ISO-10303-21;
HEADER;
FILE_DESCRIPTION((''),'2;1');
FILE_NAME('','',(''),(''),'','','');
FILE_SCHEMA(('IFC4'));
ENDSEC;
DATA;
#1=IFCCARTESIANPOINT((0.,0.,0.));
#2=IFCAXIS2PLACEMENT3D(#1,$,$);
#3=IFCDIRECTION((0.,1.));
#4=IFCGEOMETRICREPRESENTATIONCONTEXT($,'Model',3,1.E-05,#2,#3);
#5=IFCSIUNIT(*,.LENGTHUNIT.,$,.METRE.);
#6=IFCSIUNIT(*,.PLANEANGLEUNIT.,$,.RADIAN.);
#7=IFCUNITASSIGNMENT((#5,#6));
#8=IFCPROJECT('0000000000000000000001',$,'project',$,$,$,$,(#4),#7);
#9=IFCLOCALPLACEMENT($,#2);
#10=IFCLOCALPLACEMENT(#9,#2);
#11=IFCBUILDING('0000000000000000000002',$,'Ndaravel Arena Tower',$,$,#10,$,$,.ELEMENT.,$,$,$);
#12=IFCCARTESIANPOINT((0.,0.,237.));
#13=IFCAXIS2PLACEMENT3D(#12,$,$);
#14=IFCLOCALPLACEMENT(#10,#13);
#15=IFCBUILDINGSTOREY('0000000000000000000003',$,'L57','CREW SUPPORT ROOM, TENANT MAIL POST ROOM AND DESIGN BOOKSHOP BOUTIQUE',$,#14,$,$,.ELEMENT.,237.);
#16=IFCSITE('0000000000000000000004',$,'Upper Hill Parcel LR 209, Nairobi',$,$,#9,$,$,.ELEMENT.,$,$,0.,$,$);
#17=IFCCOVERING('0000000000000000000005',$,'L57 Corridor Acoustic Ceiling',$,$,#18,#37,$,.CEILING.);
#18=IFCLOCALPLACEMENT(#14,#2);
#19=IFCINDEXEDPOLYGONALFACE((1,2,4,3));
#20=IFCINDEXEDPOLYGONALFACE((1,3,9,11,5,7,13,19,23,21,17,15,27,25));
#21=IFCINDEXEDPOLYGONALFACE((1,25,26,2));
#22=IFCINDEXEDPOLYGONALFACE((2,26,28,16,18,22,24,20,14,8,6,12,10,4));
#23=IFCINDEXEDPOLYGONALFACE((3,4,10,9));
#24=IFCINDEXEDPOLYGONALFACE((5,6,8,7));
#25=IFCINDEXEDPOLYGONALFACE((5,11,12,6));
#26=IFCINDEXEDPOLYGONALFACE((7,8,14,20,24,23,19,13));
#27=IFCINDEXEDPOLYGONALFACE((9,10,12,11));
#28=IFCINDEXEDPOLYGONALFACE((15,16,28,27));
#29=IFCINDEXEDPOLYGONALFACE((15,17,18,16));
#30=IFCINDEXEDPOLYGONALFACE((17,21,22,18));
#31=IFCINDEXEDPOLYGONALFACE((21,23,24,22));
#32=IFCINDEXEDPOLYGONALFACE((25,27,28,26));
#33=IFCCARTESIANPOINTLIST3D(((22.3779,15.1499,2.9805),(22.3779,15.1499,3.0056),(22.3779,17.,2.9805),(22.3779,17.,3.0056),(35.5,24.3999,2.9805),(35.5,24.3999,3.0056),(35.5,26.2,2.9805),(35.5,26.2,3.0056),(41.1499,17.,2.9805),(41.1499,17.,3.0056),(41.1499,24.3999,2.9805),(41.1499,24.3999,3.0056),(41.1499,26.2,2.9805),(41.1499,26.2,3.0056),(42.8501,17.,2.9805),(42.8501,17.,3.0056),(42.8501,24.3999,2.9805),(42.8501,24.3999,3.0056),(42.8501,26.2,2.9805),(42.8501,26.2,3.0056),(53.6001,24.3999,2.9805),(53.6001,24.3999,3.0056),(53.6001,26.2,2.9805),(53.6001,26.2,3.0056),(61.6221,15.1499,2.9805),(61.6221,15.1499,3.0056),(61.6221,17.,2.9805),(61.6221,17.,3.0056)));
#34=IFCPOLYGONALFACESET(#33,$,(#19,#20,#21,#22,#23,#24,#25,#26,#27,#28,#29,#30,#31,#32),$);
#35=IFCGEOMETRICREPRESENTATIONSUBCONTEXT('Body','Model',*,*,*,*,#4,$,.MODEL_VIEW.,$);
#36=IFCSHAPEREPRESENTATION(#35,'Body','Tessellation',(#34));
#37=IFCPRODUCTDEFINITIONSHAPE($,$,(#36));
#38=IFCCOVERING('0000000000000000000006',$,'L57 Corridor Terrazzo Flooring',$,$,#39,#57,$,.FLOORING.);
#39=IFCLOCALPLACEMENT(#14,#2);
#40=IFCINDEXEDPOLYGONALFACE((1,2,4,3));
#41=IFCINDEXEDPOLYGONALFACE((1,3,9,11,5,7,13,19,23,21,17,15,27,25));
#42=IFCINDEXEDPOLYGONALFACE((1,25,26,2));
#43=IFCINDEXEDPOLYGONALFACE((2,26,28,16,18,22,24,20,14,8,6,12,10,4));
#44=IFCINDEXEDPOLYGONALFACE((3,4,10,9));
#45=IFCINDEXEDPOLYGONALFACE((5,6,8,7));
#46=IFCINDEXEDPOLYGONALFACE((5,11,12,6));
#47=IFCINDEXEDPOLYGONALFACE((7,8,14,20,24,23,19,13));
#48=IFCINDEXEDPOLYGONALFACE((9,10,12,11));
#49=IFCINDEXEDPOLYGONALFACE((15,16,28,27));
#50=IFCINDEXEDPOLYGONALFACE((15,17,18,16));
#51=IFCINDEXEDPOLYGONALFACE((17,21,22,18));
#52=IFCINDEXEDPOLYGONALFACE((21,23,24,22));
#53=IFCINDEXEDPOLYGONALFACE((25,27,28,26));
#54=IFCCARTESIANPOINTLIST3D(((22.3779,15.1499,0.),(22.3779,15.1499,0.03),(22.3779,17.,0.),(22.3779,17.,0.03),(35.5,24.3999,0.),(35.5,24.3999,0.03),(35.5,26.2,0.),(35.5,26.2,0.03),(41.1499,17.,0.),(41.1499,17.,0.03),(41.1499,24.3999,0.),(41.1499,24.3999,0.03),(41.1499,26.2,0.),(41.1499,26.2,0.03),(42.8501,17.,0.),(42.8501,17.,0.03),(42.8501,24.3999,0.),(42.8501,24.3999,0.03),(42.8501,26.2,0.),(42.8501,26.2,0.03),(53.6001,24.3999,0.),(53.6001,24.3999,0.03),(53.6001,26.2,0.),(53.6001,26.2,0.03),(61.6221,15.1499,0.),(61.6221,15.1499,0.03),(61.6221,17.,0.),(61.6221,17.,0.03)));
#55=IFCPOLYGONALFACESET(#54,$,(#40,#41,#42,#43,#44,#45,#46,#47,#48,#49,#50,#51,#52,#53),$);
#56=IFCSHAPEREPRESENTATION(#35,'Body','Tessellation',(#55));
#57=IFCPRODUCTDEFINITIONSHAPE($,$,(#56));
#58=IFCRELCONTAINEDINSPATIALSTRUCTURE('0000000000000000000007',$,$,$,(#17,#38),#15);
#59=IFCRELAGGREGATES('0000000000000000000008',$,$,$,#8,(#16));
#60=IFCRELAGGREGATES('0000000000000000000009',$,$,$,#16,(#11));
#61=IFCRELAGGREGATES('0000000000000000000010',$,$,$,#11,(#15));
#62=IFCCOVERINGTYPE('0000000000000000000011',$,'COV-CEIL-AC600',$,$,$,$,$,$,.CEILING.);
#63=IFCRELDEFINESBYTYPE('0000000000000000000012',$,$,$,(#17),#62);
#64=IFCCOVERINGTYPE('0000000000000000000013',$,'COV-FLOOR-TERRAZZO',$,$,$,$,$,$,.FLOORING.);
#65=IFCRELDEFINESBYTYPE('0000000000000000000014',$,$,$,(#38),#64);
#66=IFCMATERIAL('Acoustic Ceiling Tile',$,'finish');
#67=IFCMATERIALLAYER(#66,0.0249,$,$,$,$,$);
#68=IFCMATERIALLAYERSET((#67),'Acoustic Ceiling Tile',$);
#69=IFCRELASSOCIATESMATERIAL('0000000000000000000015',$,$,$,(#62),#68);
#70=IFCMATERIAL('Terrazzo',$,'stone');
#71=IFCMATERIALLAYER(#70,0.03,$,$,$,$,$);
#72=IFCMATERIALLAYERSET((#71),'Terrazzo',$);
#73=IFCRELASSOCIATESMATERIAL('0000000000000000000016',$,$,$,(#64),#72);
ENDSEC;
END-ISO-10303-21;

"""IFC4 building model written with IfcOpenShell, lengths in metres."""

from ifc_helpers import new_model, si_unit, direction, frame, origin, place, context, subcontext, project, spatial, polyline, outline, extrude, material, layer, layer_set, type_object, element, save


model = new_model("IFC4")

# Units and contexts
model_context = context("Model", 3, precision=1e-05, world=origin(), true_north=direction((0.0, 1.0)))
body_context = subcontext(model_context, "Body", "Model", "MODEL_VIEW")
ifc_project = project(units=[si_unit("LENGTHUNIT", "METRE"), si_unit("PLANEANGLEUNIT", "RADIAN")], contexts=[model_context])

# Site, building, storey
site_placement = place(None, origin())
site = spatial("IfcSite", under=ifc_project, at=site_placement, Name="Upper Hill Parcel LR 209, Nairobi", CompositionType="ELEMENT", RefElevation=0.0)
building_placement = place(site_placement, origin())
building = spatial("IfcBuilding", under=site, at=building_placement, Name="Ndaravel Arena Tower", CompositionType="ELEMENT")
storey_placement = place(building_placement, frame((0.0, 0.0, 237.0)))
storey = spatial("IfcBuildingStorey", under=building, at=storey_placement, Name="L57", Description="CREW SUPPORT ROOM, TENANT MAIL POST ROOM AND DESIGN BOOKSHOP BOUTIQUE", CompositionType="ELEMENT", Elevation=237.0)

# Coverings
ifc_material_1 = material(Name="Acoustic Ceiling Tile", Category="finish")
ifc_layer_1 = layer(ifc_material_1, 0.0249)
ifc_layer_set_1 = layer_set([ifc_layer_1], Name="Acoustic Ceiling Tile")
covering_type_1 = type_object("IfcCoveringType", Name="COV-CEIL-AC600", PredefinedType="CEILING", material=ifc_layer_set_1)
covering_1_placement = place(storey_placement, frame((0.0, 0.0, 2.9805)))
element("IfcCovering", 1, at=covering_1_placement, inside=storey, type_object=covering_type_1, Name="L57 Corridor Acoustic Ceiling", PredefinedType="CEILING", context=body_context, shape_type="SweptSolid", body=[
    extrude(outline(polyline([(61.6221, 17.0), (42.8501, 17.0), (42.8501, 24.3999), (53.6001, 24.3999), (53.6001, 26.2), (42.8501, 26.2), (41.1499, 26.2), (35.5, 26.2), (35.5, 24.3999), (41.1499, 24.3999), (41.1499, 17.0), (22.3779, 17.0), (22.3779, 15.1499), (61.6221, 15.1499), (61.6221, 17.0)])), origin(), (0.0, 0.0, 1.0), 0.0251),
])
ifc_material_2 = material(Name="Terrazzo", Category="stone")
ifc_layer_2 = layer(ifc_material_2, 0.03)
ifc_layer_set_2 = layer_set([ifc_layer_2], Name="Terrazzo")
covering_type_2 = type_object("IfcCoveringType", Name="COV-FLOOR-TERRAZZO", PredefinedType="FLOORING", material=ifc_layer_set_2)
covering_2_placement = place(storey_placement, origin())
element("IfcCovering", 2, at=covering_2_placement, inside=storey, type_object=covering_type_2, Name="L57 Corridor Terrazzo Flooring", PredefinedType="FLOORING", context=body_context, shape_type="SweptSolid", body=[
    extrude(outline(polyline([(61.6221, 17.0), (42.8501, 17.0), (42.8501, 24.3999), (53.6001, 24.3999), (53.6001, 26.2), (42.8501, 26.2), (41.1499, 26.2), (35.5, 26.2), (35.5, 24.3999), (41.1499, 24.3999), (41.1499, 17.0), (22.3779, 17.0), (22.3779, 15.1499), (61.6221, 15.1499), (61.6221, 17.0)])), origin(), (0.0, 0.0, 1.0), 0.03),
])

save(model, "model.ifc")
